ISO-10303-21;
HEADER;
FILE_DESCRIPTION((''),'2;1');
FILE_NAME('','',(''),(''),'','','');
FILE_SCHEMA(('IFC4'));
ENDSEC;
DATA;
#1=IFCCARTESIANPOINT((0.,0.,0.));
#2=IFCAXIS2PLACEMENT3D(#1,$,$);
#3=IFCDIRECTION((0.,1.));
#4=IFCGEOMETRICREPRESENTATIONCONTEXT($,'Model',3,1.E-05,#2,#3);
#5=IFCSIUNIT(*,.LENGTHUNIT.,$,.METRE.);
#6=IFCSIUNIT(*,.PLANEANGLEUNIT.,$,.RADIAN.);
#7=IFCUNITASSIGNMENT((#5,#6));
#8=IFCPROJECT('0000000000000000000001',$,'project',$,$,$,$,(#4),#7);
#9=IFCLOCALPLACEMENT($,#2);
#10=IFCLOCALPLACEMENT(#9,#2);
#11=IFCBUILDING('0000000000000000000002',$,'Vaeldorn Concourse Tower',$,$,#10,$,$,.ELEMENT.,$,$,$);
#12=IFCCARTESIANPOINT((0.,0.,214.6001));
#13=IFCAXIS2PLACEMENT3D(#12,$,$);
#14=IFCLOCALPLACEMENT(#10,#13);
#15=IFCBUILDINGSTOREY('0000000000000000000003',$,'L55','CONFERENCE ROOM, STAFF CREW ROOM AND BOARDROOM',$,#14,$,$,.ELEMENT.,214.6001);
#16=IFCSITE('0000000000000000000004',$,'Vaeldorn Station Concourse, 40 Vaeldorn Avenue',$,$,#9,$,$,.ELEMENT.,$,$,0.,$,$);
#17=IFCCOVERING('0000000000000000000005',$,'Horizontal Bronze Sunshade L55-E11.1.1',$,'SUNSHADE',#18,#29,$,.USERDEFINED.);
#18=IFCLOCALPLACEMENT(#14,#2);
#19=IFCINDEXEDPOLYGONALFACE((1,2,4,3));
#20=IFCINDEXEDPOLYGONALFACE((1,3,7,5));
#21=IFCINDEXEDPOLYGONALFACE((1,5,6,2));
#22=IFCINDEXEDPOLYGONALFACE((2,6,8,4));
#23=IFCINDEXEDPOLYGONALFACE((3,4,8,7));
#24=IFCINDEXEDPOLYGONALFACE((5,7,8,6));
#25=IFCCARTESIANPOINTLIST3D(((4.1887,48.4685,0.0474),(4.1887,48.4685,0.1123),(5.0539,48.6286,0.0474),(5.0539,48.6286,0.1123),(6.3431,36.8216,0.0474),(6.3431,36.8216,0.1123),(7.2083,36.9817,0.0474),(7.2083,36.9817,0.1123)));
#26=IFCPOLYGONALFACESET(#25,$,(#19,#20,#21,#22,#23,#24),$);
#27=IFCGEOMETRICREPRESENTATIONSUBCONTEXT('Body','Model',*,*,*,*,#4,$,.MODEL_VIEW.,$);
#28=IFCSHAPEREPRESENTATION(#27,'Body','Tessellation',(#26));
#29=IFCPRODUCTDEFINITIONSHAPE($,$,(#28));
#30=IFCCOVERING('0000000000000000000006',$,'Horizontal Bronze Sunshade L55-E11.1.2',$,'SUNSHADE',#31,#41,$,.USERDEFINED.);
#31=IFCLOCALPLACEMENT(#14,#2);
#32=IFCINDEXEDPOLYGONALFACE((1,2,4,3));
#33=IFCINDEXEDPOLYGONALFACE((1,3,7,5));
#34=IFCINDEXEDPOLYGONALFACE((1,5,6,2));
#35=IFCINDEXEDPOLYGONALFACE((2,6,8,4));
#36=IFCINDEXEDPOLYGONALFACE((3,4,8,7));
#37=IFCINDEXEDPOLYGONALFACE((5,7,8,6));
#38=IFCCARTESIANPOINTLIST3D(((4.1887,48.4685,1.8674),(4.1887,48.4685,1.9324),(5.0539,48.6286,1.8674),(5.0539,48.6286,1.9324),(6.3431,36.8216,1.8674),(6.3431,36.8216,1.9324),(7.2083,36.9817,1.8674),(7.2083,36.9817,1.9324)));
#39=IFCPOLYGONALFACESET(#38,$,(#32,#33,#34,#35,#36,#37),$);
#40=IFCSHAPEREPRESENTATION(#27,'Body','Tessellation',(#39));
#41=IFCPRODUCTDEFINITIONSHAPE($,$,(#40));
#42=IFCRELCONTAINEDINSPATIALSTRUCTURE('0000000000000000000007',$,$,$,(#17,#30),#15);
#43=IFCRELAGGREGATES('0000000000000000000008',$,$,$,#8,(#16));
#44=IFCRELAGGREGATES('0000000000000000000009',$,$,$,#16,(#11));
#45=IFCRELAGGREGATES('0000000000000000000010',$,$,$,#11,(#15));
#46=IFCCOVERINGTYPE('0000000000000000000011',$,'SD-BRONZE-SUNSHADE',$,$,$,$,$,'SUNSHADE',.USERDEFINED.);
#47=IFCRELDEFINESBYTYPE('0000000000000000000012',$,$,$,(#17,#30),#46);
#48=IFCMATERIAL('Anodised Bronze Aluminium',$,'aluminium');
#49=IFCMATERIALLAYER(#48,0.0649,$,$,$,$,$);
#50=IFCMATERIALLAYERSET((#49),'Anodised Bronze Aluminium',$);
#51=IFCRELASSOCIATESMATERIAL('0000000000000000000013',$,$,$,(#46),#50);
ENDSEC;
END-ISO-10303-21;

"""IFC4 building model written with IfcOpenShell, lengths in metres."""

from ifc_helpers import new_model, si_unit, direction, frame, origin, origin_2d, place, context, subcontext, project, spatial, rectangle, extrude, source, transform, mapped, material, layer, layer_set, type_object, element, save


model = new_model("IFC4")

# Units and contexts
model_context = context("Model", 3, precision=1e-05, world=origin(), true_north=direction((0.0, 1.0)))
body_context = subcontext(model_context, "Body", "Model", "MODEL_VIEW")
ifc_project = project(units=[si_unit("LENGTHUNIT", "METRE"), si_unit("PLANEANGLEUNIT", "RADIAN")], contexts=[model_context])

# Site, building, storey
site_placement = place(None, origin())
site = spatial("IfcSite", under=ifc_project, at=site_placement, Name="Vaeldorn Station Concourse, 40 Vaeldorn Avenue", CompositionType="ELEMENT", RefElevation=0.0)
building_placement = place(site_placement, origin())
building = spatial("IfcBuilding", under=site, at=building_placement, Name="Vaeldorn Concourse Tower", CompositionType="ELEMENT")
storey_placement = place(building_placement, frame((0.0, 0.0, 214.6001)))
storey = spatial("IfcBuildingStorey", under=building, at=storey_placement, Name="L55", Description="CONFERENCE ROOM, STAFF CREW ROOM AND BOARDROOM", CompositionType="ELEMENT", Elevation=214.6001)

# Shared definitions
ifc_material_1 = material(Name="Anodised Bronze Aluminium", Category="aluminium")

# Coverings
ifc_layer_1 = layer(ifc_material_1, 0.0649)
ifc_layer_set_1 = layer_set([ifc_layer_1], Name="Anodised Bronze Aluminium")
covering_type = type_object("IfcCoveringType", Name="SD-BRONZE-SUNSHADE", ElementType="SUNSHADE", PredefinedType="USERDEFINED", material=ifc_layer_set_1)
shared_shape_1 = source(origin(), body_context, "Body", "SweptSolid", [
    extrude(rectangle(XDim=11.8445, YDim=0.8799, at=origin_2d()), origin(), (0.0, 0.0, 1.0), 0.0649),
])
for number, where, z_axis, x_axis, name in (
    (1, (5.6985, 42.7251, 0.0474), (0.0, 0.0, 1.0), (0.181892, -0.983318, 0.0), "Horizontal Bronze Sunshade L55-E11.1.1"),
    (2, (5.6985, 42.7251, 1.8674), (0.0, 0.0, 1.0), (0.181892, -0.983318, 0.0), "Horizontal Bronze Sunshade L55-E11.1.2"),
):
    element("IfcCovering", number, at=place(storey_placement, frame(where, z_axis=z_axis, x_axis=x_axis)), inside=storey, type_object=covering_type, Name=name, ObjectType="SUNSHADE", PredefinedType="USERDEFINED", context=body_context, shape_type="MappedRepresentation", body=[
        mapped(shared_shape_1, transform((0.0, 0.0, 0.0), scale=1.0)),
    ])

save(model, "model.ifc")
